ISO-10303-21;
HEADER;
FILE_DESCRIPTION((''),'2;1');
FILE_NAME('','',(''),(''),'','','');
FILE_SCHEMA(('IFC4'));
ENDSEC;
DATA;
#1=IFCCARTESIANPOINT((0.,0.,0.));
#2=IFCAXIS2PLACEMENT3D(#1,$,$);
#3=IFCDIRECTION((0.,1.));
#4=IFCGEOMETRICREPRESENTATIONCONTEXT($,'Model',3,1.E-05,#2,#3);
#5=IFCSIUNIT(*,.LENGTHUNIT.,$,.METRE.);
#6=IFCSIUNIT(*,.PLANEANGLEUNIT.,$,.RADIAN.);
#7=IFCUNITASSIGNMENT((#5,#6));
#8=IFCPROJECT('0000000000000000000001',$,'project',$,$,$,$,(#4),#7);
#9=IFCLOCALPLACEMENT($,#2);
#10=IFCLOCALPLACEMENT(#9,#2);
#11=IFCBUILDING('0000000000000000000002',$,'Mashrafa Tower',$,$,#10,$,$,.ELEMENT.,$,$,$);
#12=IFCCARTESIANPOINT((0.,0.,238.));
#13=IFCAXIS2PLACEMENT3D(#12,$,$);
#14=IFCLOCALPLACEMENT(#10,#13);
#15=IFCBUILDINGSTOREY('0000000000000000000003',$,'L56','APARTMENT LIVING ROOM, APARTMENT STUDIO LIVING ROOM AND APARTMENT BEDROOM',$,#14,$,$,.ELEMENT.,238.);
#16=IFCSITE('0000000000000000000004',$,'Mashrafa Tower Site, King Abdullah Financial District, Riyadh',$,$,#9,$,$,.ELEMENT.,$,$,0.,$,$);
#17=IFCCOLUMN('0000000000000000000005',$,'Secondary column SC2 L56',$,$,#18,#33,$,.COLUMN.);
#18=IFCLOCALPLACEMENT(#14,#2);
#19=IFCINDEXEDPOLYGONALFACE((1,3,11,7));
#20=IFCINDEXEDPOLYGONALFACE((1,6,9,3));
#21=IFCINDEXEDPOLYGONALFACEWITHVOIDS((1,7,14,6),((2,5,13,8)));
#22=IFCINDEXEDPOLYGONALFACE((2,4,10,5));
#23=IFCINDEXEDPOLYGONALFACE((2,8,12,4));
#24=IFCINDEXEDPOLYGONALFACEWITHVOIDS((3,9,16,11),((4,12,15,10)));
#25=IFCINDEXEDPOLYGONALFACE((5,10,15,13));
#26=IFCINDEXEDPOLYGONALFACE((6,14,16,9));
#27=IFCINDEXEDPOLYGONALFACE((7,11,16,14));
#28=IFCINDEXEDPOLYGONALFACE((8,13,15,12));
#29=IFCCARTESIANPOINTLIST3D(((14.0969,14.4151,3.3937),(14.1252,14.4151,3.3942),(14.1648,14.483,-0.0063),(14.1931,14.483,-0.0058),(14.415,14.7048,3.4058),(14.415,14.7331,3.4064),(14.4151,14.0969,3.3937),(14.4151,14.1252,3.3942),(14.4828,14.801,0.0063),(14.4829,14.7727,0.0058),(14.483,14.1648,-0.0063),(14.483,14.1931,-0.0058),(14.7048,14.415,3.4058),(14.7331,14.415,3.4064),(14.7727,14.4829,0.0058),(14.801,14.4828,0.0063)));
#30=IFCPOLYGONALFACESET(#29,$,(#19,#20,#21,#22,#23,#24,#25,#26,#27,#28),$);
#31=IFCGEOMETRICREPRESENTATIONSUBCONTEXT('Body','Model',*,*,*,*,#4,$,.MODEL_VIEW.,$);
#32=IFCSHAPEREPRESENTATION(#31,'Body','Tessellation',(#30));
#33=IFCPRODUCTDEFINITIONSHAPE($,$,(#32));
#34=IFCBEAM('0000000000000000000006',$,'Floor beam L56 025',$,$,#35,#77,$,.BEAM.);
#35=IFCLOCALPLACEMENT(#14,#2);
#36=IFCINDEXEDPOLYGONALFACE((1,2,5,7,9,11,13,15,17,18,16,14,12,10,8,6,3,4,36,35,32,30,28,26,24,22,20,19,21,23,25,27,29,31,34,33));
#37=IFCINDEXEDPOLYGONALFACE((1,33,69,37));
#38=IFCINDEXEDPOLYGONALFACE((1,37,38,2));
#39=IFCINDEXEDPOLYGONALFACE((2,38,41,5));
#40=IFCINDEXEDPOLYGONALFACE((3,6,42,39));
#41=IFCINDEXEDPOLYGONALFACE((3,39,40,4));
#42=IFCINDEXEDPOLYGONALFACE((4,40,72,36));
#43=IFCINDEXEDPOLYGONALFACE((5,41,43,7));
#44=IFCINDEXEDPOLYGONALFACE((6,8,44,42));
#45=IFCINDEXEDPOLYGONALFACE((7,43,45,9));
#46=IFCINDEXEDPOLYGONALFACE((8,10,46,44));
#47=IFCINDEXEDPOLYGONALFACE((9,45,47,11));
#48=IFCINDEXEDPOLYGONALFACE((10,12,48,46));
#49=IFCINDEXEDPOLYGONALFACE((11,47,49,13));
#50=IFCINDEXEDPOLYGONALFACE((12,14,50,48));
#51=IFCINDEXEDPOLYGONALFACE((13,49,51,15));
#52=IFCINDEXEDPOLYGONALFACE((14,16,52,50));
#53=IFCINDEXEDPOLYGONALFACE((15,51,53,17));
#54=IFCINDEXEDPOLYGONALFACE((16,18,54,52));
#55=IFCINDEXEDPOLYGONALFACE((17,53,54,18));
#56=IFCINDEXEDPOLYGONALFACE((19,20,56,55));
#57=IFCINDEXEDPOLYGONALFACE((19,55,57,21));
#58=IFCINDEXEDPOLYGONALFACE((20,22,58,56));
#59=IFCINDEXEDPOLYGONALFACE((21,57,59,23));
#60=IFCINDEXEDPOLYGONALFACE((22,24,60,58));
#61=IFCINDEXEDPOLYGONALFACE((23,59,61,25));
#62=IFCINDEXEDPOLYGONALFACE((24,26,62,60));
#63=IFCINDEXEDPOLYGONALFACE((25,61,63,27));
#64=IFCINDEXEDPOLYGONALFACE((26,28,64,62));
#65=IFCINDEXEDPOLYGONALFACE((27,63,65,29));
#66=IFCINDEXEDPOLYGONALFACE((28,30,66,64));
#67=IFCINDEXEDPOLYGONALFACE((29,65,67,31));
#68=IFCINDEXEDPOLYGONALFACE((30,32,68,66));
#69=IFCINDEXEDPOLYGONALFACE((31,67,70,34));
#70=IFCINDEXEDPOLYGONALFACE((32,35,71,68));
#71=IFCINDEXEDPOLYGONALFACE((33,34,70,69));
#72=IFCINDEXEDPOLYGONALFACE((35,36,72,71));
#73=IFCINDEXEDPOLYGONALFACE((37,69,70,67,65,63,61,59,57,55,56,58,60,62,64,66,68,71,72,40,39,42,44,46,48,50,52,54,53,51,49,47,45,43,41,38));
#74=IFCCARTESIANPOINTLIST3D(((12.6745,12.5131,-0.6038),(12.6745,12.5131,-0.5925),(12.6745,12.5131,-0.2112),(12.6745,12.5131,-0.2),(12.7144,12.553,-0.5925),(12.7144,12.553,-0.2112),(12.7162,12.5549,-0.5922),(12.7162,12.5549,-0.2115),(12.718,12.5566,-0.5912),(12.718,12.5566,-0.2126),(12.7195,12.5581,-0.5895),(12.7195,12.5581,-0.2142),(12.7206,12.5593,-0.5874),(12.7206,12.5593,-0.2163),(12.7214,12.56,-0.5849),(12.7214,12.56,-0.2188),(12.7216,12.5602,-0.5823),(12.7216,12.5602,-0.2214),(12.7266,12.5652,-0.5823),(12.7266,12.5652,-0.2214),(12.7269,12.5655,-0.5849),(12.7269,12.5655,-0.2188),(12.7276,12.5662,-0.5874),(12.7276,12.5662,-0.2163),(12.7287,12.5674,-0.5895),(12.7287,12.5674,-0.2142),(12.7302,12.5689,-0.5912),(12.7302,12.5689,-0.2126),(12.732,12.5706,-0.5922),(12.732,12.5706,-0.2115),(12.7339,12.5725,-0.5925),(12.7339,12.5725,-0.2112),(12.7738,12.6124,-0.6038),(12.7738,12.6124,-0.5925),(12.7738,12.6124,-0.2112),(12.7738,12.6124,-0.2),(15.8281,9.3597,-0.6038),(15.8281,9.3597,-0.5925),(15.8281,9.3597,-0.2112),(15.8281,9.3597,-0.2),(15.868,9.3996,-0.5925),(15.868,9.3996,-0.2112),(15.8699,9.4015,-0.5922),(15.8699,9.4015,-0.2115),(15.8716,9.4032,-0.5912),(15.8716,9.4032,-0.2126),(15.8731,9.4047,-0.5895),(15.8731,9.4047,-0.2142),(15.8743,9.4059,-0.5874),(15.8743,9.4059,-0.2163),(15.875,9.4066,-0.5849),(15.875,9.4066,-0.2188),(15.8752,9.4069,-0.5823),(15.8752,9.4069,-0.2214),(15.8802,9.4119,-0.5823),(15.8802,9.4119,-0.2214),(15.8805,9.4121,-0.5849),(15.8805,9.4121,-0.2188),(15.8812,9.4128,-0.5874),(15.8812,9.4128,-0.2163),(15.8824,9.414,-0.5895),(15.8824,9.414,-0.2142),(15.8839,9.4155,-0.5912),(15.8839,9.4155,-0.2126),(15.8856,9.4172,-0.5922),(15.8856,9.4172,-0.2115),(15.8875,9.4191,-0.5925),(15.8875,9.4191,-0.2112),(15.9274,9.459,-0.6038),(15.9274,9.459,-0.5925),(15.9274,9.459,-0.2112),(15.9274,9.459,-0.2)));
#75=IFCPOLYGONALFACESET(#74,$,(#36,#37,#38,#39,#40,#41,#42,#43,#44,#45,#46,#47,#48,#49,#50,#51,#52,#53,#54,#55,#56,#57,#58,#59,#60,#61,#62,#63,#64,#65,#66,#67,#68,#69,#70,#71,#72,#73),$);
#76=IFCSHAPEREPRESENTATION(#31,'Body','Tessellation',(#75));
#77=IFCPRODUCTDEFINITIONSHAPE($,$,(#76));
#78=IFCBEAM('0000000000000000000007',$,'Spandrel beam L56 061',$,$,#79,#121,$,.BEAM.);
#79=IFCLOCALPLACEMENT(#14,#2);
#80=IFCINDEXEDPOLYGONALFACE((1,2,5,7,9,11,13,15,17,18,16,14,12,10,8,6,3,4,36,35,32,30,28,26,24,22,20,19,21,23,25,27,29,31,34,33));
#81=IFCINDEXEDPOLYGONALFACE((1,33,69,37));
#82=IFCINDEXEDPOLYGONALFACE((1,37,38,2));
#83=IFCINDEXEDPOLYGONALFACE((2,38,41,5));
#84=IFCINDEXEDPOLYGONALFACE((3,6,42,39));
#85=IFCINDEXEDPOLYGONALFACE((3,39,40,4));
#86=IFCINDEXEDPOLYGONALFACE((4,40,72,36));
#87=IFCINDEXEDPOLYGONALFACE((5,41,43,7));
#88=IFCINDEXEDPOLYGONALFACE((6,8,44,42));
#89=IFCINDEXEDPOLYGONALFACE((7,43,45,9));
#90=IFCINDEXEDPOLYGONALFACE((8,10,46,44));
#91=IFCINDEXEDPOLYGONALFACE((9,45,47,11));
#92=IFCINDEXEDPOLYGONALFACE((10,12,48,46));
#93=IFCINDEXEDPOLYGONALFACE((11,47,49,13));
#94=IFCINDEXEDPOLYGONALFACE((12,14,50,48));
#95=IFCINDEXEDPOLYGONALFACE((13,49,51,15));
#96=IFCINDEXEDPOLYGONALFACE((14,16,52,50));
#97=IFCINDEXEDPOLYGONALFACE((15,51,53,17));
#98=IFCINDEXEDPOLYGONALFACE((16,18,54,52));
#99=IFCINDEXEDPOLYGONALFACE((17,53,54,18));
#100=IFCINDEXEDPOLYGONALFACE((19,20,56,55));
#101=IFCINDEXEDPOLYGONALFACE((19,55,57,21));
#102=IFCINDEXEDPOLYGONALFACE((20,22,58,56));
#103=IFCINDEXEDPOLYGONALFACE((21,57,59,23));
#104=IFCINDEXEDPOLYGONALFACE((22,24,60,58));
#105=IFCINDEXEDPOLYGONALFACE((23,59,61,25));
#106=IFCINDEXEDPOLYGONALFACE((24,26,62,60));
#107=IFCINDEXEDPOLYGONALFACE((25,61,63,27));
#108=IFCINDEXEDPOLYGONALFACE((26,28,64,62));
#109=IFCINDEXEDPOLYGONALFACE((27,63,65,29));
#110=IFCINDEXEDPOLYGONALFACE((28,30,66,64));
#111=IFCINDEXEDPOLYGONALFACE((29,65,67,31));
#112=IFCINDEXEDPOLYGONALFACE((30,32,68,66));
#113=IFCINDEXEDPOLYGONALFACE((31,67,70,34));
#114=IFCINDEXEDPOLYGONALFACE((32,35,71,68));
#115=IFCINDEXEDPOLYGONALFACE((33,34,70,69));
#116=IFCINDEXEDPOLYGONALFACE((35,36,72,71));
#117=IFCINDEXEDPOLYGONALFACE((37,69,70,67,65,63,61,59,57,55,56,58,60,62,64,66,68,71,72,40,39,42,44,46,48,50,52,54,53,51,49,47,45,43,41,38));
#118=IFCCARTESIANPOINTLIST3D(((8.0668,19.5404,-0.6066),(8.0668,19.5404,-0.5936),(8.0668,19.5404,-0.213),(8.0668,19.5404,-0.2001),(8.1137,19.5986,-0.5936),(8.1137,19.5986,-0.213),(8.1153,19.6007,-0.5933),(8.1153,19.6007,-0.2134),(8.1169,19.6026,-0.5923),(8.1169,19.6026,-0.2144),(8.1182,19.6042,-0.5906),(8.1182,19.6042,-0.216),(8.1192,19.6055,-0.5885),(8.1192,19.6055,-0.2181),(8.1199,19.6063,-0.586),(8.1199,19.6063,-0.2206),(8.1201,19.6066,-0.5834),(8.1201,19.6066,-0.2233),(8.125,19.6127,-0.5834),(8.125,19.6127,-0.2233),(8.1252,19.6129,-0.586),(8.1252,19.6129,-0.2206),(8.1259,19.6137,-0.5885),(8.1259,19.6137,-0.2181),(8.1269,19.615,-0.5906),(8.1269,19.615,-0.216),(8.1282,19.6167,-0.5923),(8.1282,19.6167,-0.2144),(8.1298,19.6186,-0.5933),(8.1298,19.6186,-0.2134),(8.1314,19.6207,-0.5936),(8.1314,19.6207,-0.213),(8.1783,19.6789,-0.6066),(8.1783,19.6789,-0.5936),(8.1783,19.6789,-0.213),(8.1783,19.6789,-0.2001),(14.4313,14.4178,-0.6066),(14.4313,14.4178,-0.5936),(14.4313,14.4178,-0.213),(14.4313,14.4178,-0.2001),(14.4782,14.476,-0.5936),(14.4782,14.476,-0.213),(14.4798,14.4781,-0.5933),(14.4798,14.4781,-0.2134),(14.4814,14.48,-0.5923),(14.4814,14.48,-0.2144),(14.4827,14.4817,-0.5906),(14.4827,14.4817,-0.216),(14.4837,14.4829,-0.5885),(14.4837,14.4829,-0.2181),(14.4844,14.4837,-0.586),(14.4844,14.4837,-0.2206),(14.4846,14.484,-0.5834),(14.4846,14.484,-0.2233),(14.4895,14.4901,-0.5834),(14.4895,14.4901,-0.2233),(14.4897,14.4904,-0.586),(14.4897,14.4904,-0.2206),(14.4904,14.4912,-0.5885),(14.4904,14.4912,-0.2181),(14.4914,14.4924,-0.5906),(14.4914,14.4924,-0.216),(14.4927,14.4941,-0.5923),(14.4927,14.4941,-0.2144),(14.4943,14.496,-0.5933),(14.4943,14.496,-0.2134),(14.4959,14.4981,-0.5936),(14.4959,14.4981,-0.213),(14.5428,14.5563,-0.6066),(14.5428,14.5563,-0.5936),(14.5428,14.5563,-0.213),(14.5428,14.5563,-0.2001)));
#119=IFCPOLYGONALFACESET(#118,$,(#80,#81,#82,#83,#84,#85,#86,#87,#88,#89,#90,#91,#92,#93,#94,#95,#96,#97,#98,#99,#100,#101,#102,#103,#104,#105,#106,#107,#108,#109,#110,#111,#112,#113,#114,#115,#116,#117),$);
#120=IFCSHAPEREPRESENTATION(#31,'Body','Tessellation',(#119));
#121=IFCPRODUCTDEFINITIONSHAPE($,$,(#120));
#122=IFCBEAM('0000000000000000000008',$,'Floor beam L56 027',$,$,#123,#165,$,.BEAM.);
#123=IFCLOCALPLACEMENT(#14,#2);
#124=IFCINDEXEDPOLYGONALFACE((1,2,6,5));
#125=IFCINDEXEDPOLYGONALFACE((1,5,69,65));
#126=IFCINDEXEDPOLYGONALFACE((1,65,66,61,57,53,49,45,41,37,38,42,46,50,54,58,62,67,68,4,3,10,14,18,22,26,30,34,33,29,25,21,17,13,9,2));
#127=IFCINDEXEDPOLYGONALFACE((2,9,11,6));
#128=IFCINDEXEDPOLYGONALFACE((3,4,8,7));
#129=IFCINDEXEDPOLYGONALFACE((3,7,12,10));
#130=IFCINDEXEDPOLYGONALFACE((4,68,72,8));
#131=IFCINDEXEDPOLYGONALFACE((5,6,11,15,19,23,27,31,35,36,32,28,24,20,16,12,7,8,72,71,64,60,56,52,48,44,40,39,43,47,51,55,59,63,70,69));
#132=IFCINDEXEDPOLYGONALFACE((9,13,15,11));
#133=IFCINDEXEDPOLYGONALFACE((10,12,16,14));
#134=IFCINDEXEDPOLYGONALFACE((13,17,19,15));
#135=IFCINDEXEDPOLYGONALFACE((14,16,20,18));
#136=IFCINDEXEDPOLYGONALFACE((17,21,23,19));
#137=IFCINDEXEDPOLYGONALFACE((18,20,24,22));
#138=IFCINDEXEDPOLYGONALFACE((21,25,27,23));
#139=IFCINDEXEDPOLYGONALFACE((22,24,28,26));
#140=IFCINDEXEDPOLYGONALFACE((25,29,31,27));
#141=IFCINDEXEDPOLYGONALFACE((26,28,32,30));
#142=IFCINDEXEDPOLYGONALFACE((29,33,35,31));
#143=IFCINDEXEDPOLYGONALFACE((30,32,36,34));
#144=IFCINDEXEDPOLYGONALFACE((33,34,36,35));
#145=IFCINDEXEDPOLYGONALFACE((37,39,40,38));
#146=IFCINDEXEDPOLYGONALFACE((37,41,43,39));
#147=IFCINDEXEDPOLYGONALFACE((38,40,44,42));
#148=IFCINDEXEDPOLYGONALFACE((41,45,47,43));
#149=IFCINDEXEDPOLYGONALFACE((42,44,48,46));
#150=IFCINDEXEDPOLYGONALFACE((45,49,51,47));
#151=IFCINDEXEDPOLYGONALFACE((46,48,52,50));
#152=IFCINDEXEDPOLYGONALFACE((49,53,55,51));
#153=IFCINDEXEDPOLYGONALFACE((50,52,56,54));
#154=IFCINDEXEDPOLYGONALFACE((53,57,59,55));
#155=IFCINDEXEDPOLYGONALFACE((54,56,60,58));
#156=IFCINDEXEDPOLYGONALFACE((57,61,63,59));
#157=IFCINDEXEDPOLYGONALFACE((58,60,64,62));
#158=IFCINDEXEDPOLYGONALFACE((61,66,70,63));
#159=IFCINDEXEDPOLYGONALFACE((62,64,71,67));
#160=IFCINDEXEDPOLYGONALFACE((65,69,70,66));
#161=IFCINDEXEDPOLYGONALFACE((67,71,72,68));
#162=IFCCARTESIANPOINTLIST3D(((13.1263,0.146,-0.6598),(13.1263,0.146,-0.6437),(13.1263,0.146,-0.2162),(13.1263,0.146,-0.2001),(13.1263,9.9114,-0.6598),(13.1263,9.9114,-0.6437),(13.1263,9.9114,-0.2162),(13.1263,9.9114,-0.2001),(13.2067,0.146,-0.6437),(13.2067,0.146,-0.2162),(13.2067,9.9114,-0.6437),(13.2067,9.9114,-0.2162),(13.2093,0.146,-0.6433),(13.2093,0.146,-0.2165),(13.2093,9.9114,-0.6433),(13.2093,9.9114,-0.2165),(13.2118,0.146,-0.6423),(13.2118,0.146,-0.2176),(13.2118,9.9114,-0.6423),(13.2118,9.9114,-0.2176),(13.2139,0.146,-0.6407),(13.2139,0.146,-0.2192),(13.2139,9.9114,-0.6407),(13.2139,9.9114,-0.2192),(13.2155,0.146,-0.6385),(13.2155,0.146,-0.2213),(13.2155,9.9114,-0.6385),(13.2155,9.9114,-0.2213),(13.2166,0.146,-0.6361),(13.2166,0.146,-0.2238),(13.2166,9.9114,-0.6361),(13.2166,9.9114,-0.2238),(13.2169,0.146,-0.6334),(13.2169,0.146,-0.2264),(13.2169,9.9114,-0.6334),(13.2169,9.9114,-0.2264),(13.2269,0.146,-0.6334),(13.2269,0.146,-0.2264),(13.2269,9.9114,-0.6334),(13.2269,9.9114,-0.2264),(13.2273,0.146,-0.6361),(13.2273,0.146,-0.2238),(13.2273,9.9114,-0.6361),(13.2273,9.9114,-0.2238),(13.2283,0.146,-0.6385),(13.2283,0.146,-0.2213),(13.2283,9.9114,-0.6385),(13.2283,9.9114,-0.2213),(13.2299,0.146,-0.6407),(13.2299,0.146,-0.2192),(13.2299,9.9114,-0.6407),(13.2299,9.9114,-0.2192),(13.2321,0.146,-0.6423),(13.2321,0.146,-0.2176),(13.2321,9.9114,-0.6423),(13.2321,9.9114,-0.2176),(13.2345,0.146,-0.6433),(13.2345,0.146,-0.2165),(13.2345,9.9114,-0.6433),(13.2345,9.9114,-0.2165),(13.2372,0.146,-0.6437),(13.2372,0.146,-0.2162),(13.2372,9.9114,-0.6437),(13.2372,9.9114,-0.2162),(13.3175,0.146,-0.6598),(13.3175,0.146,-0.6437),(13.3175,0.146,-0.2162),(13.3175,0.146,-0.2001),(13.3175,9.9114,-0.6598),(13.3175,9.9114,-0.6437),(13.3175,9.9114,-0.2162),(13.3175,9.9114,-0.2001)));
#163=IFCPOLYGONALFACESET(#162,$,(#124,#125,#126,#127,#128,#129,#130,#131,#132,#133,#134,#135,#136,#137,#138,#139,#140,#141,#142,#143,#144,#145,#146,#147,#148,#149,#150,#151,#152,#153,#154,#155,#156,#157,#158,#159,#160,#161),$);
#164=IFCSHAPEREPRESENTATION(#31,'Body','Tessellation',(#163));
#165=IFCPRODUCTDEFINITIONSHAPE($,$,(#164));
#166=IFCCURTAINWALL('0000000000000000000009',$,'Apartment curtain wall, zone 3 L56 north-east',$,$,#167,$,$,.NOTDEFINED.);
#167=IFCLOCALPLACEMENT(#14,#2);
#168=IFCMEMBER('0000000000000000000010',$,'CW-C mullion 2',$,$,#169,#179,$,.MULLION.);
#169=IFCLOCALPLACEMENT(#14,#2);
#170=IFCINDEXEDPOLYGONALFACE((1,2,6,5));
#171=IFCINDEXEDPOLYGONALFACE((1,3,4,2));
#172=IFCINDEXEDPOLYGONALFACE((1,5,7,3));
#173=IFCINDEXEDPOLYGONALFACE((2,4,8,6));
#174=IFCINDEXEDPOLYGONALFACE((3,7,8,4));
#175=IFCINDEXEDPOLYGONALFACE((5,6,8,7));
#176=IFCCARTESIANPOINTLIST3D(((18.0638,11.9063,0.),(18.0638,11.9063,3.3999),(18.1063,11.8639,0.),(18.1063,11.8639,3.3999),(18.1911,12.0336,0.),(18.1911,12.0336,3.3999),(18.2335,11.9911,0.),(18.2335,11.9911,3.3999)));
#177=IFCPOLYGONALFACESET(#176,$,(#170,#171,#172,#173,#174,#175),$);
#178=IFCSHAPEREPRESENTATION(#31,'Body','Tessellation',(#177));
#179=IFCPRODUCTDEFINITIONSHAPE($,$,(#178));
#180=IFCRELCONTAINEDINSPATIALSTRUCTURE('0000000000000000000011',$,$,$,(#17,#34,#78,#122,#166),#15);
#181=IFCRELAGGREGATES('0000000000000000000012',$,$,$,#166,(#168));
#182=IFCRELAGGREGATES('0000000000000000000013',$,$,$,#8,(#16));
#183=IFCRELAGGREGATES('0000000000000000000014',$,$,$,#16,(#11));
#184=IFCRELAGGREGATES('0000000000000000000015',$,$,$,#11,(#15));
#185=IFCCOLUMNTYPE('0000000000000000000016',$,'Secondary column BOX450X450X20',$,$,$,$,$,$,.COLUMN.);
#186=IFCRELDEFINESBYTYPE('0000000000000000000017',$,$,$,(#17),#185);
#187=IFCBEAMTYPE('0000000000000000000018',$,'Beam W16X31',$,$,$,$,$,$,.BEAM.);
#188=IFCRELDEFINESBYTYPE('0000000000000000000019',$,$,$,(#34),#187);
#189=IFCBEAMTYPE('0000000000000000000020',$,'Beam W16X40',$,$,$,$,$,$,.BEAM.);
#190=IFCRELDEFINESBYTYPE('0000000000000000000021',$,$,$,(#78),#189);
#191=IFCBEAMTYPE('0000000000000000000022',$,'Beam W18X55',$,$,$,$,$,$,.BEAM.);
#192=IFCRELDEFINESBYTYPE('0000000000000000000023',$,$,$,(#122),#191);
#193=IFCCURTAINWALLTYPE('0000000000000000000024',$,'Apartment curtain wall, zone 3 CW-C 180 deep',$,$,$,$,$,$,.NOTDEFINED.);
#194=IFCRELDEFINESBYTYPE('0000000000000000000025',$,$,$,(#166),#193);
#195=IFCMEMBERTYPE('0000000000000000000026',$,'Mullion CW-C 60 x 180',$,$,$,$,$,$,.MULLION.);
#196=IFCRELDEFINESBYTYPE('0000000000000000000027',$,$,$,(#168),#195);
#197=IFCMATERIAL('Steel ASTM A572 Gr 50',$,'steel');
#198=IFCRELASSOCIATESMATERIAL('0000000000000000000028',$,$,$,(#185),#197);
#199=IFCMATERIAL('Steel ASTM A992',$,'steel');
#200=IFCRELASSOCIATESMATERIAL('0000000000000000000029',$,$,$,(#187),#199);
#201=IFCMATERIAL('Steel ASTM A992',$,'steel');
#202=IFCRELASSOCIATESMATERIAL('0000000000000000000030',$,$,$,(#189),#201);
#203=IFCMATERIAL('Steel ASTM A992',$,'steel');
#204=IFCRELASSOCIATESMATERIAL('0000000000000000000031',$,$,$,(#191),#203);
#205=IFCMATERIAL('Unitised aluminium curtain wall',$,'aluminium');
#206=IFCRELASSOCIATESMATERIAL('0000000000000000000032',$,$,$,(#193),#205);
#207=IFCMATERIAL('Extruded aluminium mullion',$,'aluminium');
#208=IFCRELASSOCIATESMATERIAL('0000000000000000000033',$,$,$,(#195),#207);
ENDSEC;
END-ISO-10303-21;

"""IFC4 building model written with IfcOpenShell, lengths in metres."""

from ifc_helpers import new_model, si_unit, direction, frame, origin, origin_2d, place, context, subcontext, project, spatial, rectangle, hollow_rectangle, i_section, extrude, source, transform, mapped, material, material_profile, profile_set, type_object, type_shapes, element, aggregate, save


model = new_model("IFC4")

# Units and contexts
model_context = context("Model", 3, precision=1e-05, world=origin(), true_north=direction((0.0, 1.0)))
body_context = subcontext(model_context, "Body", "Model", "MODEL_VIEW")
ifc_project = project(units=[si_unit("LENGTHUNIT", "METRE"), si_unit("PLANEANGLEUNIT", "RADIAN")], contexts=[model_context])

# Site, building, storey
site_placement = place(None, origin())
site = spatial("IfcSite", under=ifc_project, at=site_placement, Name="Mashrafa Tower Site, King Abdullah Financial District, Riyadh", CompositionType="ELEMENT", RefElevation=0.0)
building_placement = place(site_placement, origin())
building = spatial("IfcBuilding", under=site, at=building_placement, Name="Mashrafa Tower", CompositionType="ELEMENT")
storey_placement = place(building_placement, frame((0.0, 0.0, 238.0)))
storey = spatial("IfcBuildingStorey", under=building, at=storey_placement, Name="L56", Description="APARTMENT LIVING ROOM, APARTMENT STUDIO LIVING ROOM AND APARTMENT BEDROOM", CompositionType="ELEMENT", Elevation=238.0)

# Column
ifc_material_1 = material(Name="Steel ASTM A572 Gr 50", Category="steel")
ifc_material_profile_1 = material_profile(ifc_material_1, hollow_rectangle(XDim=0.45, YDim=0.45, WallThickness=0.02, at=origin_2d()), Name="BOX450X450X20")
ifc_profile_set_1 = profile_set([ifc_material_profile_1], Name="Steel ASTM A572 Gr 50")
column_type = type_object("IfcColumnType", Name="Secondary column BOX450X450X20", PredefinedType="COLUMN", material=ifc_profile_set_1)
column_placement = place(storey_placement, frame((14.4829, 14.4829, 0.0), z_axis=(-0.019955, -0.019955, 0.999602), x_axis=(0.707107, -0.707107, 0.0)))
element("IfcColumn", 1, at=column_placement, inside=storey, type_object=column_type, Name="Secondary column SC2 L56", PredefinedType="COLUMN", context=body_context, shape_type="SweptSolid", body=[
    extrude(hollow_rectangle(XDim=0.45, YDim=0.45, WallThickness=0.02, at=origin_2d()), origin(), (0.0, 0.0, 1.0), 3.4014),
])

# Beams
ifc_material_2 = material(Name="Steel ASTM A992", Category="steel")
ifc_material_profile_2 = material_profile(ifc_material_2, i_section(OverallWidth=0.1404, OverallDepth=0.4038, WebThickness=0.0071, FlangeThickness=0.0112, FilletRadius=0.0103, at=origin_2d()), Name="W16X31")
ifc_profile_set_2 = profile_set([ifc_material_profile_2], Name="Steel ASTM A992")
beam_type_1 = type_object("IfcBeamType", Name="Beam W16X31", PredefinedType="BEAM", material=ifc_profile_set_2)
beam_1_placement = place(storey_placement, frame((12.7241, 12.5627, -0.4019), z_axis=(0.707134, -0.707079, 0.0), x_axis=(0.707079, 0.707134, 0.0)))
element("IfcBeam", 2, at=beam_1_placement, inside=storey, type_object=beam_type_1, Name="Floor beam L56 025", PredefinedType="BEAM", context=body_context, shape_type="SweptSolid", body=[
    extrude(i_section(OverallWidth=0.1404, OverallDepth=0.4038, WebThickness=0.0071, FlangeThickness=0.0112, FilletRadius=0.0103, at=origin_2d()), origin(), (0.0, 0.0, 1.0), 4.4597),
])
ifc_material_3 = material(Name="Steel ASTM A992", Category="steel")
ifc_material_profile_3 = material_profile(ifc_material_3, i_section(OverallWidth=0.1777, OverallDepth=0.4065, WebThickness=0.0078, FlangeThickness=0.0129, FilletRadius=0.0103, at=origin_2d()), Name="W16X40")
ifc_profile_set_3 = profile_set([ifc_material_profile_3], Name="Steel ASTM A992")
beam_type_2 = type_object("IfcBeamType", Name="Beam W16X40", PredefinedType="BEAM", material=ifc_profile_set_3)
beam_2_placement = place(storey_placement, frame((14.4871, 14.4871, -0.4033), z_axis=(-0.779017, 0.627003, 0.0), x_axis=(-0.627003, -0.779017, 0.0)))
element("IfcBeam", 3, at=beam_2_placement, inside=storey, type_object=beam_type_2, Name="Spandrel beam L56 061", PredefinedType="BEAM", context=body_context, shape_type="SweptSolid", body=[
    extrude(i_section(OverallWidth=0.1777, OverallDepth=0.4065, WebThickness=0.0078, FlangeThickness=0.0129, FilletRadius=0.0103, at=origin_2d()), origin(), (0.0, 0.0, 1.0), 8.1699),
])
ifc_material_4 = material(Name="Steel ASTM A992", Category="steel")
ifc_material_profile_4 = material_profile(ifc_material_4, i_section(OverallWidth=0.1912, OverallDepth=0.4597, WebThickness=0.01, FlangeThickness=0.0161, FilletRadius=0.0103, at=origin_2d()), Name="W18X55")
ifc_profile_set_4 = profile_set([ifc_material_profile_4], Name="Steel ASTM A992")
beam_type_3 = type_object("IfcBeamType", Name="Beam W18X55", PredefinedType="BEAM", material=ifc_profile_set_4)
beam_3_placement = place(storey_placement, frame((13.2219, 9.9114, -0.4299), z_axis=(0.0, -1.0, 0.0), x_axis=(1.0, 0.0, 0.0)))
element("IfcBeam", 4, at=beam_3_placement, inside=storey, type_object=beam_type_3, Name="Floor beam L56 027", PredefinedType="BEAM", context=body_context, shape_type="SweptSolid", body=[
    extrude(i_section(OverallWidth=0.1912, OverallDepth=0.4597, WebThickness=0.01, FlangeThickness=0.0161, FilletRadius=0.0103, at=origin_2d()), origin(), (0.0, 0.0, 1.0), 9.7654),
])

# Curtain wall, member
ifc_material_5 = material(Name="Unitised aluminium curtain wall", Category="aluminium")
curtain_wall_type = type_object("IfcCurtainWallType", Name="Apartment curtain wall, zone 3 CW-C 180 deep", PredefinedType="NOTDEFINED", material=ifc_material_5)
curtain_wall_placement = place(storey_placement, origin())
curtain_wall = element("IfcCurtainWall", 5, at=curtain_wall_placement, inside=storey, type_object=curtain_wall_type, Name="Apartment curtain wall, zone 3 L56 north-east", PredefinedType="NOTDEFINED")
ifc_material_6 = material(Name="Extruded aluminium mullion", Category="aluminium")
ifc_material_profile_5 = material_profile(ifc_material_6, rectangle(XDim=0.1799, YDim=0.0601, at=origin_2d()), Name="Mullion 60x180")
ifc_profile_set_5 = profile_set([ifc_material_profile_5], Name="Extruded aluminium mullion")
member_type_1 = type_object("IfcMemberType", Name="Mullion CW-C 60 x 180", PredefinedType="MULLION", material=ifc_profile_set_5)
shared_shape_1 = source(origin(), body_context, "Body", "SweptSolid", [
    extrude(rectangle(XDim=0.1799, YDim=0.0601, at=origin_2d()), origin(), (0.0, 0.0, 1.0), 3.3999),
])
type_shapes(member_type_1, [shared_shape_1])
member_1_placement = place(storey_placement, frame((18.1487, 11.9487, 0.0), z_axis=(0.0, 0.0, 1.0), x_axis=(-0.707107, -0.707107, 0.0)))
member_1 = element("IfcMember", 6, at=member_1_placement, type_object=member_type_1, Name="CW-C mullion 2", PredefinedType="MULLION", context=body_context, shape_type="MappedRepresentation", body=[
    mapped(shared_shape_1, transform((0.0, 0.0, 0.0))),
])
aggregate(curtain_wall, [member_1])

save(model, "model.ifc")
